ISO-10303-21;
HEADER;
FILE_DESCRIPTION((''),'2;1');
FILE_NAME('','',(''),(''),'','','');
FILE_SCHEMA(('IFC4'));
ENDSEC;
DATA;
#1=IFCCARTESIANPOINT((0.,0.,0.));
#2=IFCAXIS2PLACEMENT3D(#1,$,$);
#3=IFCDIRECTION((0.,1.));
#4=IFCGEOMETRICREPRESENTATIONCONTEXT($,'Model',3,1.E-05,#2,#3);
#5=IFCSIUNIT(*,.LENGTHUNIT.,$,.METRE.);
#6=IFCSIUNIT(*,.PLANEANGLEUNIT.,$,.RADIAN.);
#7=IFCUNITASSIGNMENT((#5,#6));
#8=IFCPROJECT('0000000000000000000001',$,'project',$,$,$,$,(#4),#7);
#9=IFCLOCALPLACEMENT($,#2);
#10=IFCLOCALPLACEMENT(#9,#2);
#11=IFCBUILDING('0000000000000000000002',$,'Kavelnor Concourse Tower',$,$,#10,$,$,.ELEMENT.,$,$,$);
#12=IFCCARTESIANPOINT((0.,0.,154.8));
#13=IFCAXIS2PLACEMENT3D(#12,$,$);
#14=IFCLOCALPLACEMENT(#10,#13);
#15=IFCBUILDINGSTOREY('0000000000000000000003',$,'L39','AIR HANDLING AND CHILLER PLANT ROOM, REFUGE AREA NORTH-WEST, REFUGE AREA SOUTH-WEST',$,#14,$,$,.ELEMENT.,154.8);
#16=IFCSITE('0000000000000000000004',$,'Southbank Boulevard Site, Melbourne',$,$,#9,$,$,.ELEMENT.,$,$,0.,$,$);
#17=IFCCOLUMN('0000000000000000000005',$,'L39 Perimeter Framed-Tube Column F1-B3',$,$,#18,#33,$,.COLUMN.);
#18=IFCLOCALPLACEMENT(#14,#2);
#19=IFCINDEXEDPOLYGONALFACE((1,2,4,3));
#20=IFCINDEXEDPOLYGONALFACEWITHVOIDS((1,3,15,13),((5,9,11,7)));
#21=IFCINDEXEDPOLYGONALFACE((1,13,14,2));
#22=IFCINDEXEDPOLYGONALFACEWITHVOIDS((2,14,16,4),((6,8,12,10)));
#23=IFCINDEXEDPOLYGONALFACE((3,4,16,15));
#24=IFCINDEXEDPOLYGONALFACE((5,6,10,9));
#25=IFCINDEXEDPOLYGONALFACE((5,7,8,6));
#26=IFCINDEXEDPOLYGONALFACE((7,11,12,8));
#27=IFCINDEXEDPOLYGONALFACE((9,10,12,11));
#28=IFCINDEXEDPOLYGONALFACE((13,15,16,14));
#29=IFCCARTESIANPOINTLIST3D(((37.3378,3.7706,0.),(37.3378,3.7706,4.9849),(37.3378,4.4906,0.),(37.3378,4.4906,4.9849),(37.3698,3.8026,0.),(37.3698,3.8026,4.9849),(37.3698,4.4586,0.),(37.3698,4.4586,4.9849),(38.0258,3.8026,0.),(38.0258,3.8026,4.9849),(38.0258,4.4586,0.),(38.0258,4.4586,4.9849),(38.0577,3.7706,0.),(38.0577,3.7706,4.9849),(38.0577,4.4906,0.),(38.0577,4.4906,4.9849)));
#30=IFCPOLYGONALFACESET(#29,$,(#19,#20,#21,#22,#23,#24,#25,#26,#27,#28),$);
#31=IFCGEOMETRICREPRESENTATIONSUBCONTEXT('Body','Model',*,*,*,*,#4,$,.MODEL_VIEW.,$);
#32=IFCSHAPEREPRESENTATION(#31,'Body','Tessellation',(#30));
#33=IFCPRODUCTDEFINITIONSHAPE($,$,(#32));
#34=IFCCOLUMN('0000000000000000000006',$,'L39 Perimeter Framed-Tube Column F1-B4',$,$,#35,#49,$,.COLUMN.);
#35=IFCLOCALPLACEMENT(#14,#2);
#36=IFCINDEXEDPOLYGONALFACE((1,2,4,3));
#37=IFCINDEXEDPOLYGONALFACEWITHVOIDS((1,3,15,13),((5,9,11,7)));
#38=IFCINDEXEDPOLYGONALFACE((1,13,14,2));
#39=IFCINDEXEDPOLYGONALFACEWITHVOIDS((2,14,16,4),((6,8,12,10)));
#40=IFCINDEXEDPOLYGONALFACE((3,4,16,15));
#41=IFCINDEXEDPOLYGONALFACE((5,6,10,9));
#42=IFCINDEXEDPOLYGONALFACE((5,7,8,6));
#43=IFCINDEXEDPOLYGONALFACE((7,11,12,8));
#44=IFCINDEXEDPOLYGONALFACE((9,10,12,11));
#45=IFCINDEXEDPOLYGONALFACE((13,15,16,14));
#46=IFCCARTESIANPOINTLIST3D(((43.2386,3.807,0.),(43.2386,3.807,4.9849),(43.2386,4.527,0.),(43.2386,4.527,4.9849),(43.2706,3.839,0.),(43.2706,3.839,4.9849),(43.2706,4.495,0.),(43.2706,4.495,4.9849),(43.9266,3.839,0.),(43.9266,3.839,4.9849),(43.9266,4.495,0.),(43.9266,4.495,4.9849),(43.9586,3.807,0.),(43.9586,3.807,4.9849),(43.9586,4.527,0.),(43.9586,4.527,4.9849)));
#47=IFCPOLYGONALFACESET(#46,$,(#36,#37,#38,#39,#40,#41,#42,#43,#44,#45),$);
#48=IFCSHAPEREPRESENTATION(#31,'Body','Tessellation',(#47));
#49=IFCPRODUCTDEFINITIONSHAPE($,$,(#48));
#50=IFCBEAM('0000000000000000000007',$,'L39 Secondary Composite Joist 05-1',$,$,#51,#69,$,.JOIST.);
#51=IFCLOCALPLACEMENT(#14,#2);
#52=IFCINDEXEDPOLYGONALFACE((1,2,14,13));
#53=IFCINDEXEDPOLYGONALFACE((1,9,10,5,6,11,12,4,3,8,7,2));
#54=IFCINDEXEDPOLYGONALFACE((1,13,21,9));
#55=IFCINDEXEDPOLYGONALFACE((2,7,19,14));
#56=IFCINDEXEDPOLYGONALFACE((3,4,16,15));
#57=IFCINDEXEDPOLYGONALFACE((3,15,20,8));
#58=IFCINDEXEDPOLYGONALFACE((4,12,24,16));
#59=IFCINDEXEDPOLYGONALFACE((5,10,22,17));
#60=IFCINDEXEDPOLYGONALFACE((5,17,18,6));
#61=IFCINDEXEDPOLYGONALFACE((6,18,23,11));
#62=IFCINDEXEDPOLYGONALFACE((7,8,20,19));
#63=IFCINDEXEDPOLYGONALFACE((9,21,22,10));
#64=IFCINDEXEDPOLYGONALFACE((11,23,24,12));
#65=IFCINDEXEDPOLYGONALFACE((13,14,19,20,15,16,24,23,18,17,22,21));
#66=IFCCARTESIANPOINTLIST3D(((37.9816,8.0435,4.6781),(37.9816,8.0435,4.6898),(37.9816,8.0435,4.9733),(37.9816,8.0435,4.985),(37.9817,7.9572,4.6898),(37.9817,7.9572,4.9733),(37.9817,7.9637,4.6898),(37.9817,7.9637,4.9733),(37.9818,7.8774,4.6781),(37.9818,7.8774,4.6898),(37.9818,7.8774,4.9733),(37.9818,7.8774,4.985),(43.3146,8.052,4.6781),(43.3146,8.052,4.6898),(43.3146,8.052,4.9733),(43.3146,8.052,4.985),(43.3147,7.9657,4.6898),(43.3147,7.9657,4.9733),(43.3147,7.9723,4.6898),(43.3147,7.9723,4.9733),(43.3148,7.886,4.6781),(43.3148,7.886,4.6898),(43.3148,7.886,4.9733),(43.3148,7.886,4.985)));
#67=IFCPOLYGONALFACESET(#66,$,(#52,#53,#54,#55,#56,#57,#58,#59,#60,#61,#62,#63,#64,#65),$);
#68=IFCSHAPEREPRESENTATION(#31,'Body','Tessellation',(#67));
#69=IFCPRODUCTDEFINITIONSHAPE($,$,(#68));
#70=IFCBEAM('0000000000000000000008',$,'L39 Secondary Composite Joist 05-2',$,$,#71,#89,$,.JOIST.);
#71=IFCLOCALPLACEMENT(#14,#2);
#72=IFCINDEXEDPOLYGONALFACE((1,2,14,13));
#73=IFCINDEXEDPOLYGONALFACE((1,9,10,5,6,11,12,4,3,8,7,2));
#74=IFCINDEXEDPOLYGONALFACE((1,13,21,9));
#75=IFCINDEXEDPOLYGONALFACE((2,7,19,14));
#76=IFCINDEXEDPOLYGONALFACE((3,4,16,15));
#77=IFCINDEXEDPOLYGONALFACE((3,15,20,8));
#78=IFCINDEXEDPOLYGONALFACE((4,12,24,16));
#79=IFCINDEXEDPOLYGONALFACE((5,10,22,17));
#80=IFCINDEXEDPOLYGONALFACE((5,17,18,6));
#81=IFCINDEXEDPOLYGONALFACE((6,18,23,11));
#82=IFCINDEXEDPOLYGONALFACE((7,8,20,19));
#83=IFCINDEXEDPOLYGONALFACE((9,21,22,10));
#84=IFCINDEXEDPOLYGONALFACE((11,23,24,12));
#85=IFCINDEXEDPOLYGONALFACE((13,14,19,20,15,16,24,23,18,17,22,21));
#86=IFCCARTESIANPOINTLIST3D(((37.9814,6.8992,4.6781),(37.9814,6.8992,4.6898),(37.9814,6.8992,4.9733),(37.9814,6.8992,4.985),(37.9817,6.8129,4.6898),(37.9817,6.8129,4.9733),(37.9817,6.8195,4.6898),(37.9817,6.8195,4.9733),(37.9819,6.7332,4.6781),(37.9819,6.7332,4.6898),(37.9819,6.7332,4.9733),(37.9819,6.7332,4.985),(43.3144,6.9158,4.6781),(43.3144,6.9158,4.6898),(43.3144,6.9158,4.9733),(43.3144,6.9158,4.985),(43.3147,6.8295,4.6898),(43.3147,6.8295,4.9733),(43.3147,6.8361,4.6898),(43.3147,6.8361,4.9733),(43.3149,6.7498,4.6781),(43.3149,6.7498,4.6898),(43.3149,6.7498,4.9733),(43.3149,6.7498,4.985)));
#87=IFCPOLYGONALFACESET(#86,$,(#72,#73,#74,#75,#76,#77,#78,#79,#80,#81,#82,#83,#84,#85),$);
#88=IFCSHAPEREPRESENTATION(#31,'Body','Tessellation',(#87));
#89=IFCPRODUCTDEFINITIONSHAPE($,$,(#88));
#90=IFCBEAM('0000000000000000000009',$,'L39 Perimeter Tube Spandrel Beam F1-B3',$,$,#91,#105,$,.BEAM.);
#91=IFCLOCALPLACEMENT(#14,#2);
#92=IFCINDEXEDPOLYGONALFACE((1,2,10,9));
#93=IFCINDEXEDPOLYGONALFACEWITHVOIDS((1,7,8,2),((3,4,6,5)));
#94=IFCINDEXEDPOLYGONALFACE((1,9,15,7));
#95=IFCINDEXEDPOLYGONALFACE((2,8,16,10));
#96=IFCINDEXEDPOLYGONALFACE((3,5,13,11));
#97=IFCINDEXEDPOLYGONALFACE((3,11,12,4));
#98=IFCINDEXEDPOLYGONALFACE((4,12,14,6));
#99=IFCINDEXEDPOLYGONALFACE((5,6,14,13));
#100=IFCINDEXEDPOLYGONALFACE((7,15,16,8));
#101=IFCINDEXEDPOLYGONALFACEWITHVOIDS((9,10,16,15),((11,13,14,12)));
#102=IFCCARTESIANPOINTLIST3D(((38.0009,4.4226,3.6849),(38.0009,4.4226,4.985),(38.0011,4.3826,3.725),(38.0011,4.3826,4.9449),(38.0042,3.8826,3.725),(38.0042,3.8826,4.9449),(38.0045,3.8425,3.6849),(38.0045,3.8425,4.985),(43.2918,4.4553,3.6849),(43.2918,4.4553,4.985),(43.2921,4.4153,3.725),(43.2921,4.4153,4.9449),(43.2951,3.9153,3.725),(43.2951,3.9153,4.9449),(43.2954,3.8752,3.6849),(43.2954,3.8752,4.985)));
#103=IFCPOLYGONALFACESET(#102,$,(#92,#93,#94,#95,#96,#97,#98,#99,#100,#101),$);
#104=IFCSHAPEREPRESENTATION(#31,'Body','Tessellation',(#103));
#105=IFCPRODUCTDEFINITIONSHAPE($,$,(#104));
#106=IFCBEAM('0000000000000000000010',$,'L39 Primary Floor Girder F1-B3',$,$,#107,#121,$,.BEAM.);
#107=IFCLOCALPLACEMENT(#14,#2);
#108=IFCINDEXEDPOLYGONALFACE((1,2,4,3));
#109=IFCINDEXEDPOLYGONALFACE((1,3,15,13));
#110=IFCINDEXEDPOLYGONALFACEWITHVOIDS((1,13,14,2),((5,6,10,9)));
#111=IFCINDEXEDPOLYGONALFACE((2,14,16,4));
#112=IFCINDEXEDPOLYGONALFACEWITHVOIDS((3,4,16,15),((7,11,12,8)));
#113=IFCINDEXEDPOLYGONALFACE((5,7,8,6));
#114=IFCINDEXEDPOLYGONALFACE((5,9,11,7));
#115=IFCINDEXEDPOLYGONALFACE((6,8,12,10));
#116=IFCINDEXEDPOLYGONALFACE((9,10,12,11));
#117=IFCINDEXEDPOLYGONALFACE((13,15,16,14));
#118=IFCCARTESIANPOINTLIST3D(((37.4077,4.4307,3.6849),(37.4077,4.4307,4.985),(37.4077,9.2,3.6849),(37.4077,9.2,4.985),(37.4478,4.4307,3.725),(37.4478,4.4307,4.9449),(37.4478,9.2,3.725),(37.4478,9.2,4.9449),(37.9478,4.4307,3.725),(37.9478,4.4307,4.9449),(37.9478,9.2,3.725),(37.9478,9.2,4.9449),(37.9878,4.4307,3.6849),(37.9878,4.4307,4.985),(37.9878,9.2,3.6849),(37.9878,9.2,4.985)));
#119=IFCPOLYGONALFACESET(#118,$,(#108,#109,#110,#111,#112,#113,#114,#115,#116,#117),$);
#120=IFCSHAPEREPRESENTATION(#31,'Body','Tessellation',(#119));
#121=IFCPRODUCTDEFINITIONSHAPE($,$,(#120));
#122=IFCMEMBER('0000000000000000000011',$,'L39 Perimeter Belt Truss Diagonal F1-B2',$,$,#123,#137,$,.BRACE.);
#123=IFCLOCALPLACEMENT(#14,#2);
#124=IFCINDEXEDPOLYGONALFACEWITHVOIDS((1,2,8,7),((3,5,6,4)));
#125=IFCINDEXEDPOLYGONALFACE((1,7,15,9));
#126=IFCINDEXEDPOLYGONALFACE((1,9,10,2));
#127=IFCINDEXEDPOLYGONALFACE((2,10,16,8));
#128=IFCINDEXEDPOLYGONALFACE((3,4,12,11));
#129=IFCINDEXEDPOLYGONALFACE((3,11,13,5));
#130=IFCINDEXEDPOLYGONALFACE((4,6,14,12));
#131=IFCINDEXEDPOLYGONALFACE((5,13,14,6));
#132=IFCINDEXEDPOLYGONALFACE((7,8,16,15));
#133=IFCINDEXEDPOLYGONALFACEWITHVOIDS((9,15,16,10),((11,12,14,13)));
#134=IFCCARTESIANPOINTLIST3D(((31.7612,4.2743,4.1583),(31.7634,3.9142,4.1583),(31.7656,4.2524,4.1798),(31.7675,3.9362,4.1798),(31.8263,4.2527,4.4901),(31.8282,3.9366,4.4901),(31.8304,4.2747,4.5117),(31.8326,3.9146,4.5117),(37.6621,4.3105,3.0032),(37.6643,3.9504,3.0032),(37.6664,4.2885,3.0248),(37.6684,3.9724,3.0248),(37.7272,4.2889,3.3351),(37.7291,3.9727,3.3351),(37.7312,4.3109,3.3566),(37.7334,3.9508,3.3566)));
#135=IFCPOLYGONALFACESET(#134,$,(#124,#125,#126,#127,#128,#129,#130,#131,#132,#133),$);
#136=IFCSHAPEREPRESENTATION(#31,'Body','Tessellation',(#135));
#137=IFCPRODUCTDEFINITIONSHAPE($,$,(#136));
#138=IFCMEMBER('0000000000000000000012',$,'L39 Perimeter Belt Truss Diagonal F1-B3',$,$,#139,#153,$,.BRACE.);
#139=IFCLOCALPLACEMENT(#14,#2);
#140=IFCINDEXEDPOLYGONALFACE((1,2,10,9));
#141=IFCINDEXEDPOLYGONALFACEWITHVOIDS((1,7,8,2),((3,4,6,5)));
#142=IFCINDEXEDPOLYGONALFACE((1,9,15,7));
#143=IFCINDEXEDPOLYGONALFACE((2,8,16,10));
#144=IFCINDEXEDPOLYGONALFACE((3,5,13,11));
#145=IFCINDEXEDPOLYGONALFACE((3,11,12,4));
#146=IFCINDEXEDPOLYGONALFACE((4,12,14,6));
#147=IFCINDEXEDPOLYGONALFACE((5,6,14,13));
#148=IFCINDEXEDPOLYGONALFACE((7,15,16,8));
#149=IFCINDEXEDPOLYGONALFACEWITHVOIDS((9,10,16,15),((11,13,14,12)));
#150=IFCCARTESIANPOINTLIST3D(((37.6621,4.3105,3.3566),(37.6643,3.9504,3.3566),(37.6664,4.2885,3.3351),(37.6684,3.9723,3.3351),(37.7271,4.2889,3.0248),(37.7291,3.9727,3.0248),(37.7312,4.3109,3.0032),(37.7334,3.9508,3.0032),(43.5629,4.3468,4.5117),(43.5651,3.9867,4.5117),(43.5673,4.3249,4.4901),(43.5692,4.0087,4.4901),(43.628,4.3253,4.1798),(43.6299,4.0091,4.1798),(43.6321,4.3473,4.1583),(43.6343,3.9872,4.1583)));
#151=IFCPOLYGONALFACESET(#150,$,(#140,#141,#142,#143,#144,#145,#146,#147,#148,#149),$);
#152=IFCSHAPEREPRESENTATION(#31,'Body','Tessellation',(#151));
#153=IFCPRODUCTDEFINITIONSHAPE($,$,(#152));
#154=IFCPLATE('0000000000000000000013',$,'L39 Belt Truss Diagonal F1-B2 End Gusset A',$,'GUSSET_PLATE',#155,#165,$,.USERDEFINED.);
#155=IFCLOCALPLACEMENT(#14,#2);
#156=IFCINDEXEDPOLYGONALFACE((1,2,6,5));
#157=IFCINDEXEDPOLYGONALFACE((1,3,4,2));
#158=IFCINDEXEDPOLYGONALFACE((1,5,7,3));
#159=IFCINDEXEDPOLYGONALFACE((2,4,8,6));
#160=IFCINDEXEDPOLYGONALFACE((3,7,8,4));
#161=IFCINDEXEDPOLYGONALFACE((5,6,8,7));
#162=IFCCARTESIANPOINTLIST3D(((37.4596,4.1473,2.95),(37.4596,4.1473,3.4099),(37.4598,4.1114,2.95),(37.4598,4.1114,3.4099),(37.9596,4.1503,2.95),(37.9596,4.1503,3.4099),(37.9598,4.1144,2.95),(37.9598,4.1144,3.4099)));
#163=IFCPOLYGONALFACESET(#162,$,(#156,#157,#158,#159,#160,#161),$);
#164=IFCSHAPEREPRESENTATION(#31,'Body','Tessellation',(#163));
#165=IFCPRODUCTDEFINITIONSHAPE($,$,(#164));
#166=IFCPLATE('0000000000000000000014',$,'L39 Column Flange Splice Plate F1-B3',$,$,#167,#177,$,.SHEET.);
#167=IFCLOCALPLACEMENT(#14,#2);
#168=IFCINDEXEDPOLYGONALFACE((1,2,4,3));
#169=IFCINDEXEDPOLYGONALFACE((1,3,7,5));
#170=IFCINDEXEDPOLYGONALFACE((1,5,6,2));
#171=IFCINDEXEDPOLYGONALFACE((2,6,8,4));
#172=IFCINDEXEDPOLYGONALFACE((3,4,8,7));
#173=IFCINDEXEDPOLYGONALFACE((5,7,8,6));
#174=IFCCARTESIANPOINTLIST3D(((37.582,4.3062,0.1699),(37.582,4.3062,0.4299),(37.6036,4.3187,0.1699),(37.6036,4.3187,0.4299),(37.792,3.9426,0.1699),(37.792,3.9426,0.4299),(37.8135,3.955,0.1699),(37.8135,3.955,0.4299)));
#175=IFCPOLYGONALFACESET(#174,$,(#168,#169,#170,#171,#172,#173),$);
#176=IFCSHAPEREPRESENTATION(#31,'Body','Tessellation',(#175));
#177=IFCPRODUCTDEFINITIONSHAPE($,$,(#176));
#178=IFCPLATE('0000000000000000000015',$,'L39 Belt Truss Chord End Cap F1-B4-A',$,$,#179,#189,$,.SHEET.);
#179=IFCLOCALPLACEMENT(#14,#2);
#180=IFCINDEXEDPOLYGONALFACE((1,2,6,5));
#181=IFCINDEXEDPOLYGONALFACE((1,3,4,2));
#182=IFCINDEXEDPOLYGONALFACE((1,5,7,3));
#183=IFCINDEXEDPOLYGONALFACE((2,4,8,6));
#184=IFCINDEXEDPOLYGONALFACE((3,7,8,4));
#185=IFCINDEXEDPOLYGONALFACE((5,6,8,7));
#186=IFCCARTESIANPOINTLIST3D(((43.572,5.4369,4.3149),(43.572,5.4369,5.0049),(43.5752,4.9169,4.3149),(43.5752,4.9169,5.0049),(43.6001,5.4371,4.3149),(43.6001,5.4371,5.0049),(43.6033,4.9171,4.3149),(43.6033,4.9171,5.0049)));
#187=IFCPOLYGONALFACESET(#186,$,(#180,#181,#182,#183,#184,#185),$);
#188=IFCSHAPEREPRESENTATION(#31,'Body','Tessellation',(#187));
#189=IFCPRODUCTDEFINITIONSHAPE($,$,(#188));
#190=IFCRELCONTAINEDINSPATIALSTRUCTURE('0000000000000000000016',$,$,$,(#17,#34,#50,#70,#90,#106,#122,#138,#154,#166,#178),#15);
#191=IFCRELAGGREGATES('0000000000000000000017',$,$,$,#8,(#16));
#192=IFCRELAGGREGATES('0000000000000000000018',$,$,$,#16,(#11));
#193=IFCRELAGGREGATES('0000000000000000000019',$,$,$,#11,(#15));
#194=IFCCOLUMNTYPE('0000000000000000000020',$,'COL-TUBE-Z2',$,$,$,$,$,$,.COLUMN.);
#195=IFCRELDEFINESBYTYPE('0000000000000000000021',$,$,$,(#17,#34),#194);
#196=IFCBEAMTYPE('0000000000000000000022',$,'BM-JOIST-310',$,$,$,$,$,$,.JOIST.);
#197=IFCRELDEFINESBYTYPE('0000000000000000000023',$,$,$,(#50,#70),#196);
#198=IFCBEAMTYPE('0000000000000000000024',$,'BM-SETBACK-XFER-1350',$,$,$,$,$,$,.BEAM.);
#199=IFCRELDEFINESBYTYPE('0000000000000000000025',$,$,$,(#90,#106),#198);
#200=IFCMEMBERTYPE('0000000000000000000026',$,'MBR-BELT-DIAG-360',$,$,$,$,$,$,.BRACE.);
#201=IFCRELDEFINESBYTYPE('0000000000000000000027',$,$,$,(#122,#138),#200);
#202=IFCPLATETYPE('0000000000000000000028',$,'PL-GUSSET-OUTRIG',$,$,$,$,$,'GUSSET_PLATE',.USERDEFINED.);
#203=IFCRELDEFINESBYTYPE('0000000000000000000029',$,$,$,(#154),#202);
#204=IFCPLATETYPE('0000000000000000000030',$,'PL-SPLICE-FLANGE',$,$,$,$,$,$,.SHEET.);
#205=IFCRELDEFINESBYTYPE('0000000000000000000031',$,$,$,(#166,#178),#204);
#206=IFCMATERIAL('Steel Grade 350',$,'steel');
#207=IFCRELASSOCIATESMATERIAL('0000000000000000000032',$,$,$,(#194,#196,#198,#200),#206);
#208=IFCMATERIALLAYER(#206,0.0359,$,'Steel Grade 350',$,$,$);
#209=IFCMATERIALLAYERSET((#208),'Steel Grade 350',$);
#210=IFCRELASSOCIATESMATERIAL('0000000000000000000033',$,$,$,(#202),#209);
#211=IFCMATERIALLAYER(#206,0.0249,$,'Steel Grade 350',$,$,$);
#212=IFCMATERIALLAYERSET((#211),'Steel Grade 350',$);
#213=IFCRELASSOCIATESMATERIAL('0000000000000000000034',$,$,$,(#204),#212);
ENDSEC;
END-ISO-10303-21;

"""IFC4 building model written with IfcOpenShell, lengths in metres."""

from ifc_helpers import new_model, si_unit, direction, frame, origin, origin_2d, place, context, subcontext, project, spatial, rectangle, hollow_rectangle, i_section, extrude, material, layer, layer_set, material_profile, profile_set, type_object, element, save


model = new_model("IFC4")

# Units and contexts
model_context = context("Model", 3, precision=1e-05, world=origin(), true_north=direction((0.0, 1.0)))
body_context = subcontext(model_context, "Body", "Model", "MODEL_VIEW")
ifc_project = project(units=[si_unit("LENGTHUNIT", "METRE"), si_unit("PLANEANGLEUNIT", "RADIAN")], contexts=[model_context])

# Site, building, storey
site_placement = place(None, origin())
site = spatial("IfcSite", under=ifc_project, at=site_placement, Name="Southbank Boulevard Site, Melbourne", CompositionType="ELEMENT", RefElevation=0.0)
building_placement = place(site_placement, origin())
building = spatial("IfcBuilding", under=site, at=building_placement, Name="Kavelnor Concourse Tower", CompositionType="ELEMENT")
storey_placement = place(building_placement, frame((0.0, 0.0, 154.8)))
storey = spatial("IfcBuildingStorey", under=building, at=storey_placement, Name="L39", Description="AIR HANDLING AND CHILLER PLANT ROOM, REFUGE AREA NORTH-WEST, REFUGE AREA SOUTH-WEST", CompositionType="ELEMENT", Elevation=154.8)

# Columns
ifc_material_1 = material(Name="Steel Grade 350", Category="steel")
ifc_material_profile_1 = material_profile(ifc_material_1, hollow_rectangle(XDim=0.72, YDim=0.72, WallThickness=0.032, at=origin_2d()), Name="SHS 720x720x32")
ifc_profile_set_1 = profile_set([ifc_material_profile_1], Name="Steel Grade 350")
column_type = type_object("IfcColumnType", Name="COL-TUBE-Z2", PredefinedType="COLUMN", material=ifc_profile_set_1)
for number, where, z_axis, x_axis, name in (
    (1, (37.6978, 4.1306, 0.0), (0.0, 0.0, 1.0), (1.0, 0.0, 0.0), "L39 Perimeter Framed-Tube Column F1-B3"),
    (2, (43.5986, 4.167, 0.0), (0.0, 0.0, 1.0), (1.0, 0.0, 0.0), "L39 Perimeter Framed-Tube Column F1-B4"),
):
    element("IfcColumn", number, at=place(storey_placement, frame(where, z_axis=z_axis, x_axis=x_axis)), inside=storey, type_object=column_type, Name=name, PredefinedType="COLUMN", context=body_context, shape_type="SweptSolid", body=[
        extrude(hollow_rectangle(XDim=0.72, YDim=0.72, WallThickness=0.032, at=origin_2d()), origin(), (0.0, 0.0, 1.0), 4.9849),
    ])

# Beams
ifc_material_profile_2 = material_profile(ifc_material_1, i_section(OverallWidth=0.166, OverallDepth=0.3069, WebThickness=0.0066, FlangeThickness=0.0117, at=origin_2d()), Name="310UB46")
ifc_profile_set_2 = profile_set([ifc_material_profile_2], Name="Steel Grade 350")
beam_type_1 = type_object("IfcBeamType", Name="BM-JOIST-310", PredefinedType="JOIST", material=ifc_profile_set_2)
for number, where, z_axis, x_axis, name in (
    (3, (37.9817, 7.9604, 4.8315), (0.999999, 0.001602, 0.0), (-0.001602, 0.999999, 0.0), "L39 Secondary Composite Joist 05-1"),
    (4, (37.9817, 6.8162, 4.8315), (0.999995, 0.003113, 0.0), (-0.003113, 0.999995, 0.0), "L39 Secondary Composite Joist 05-2"),
):
    element("IfcBeam", number, at=place(storey_placement, frame(where, z_axis=z_axis, x_axis=x_axis)), inside=storey, type_object=beam_type_1, Name=name, PredefinedType="JOIST", context=body_context, shape_type="SweptSolid", body=[
        extrude(i_section(OverallWidth=0.166, OverallDepth=0.3069, WebThickness=0.0066, FlangeThickness=0.0117, at=origin_2d()), origin(), (0.0, 0.0, 1.0), 5.333),
    ])
ifc_material_profile_3 = material_profile(ifc_material_1, hollow_rectangle(XDim=0.5801, YDim=1.3, WallThickness=0.04, at=origin_2d()), Name="RHS 1300x580x40")
ifc_profile_set_3 = profile_set([ifc_material_profile_3], Name="Steel Grade 350")
beam_type_2 = type_object("IfcBeamType", Name="BM-SETBACK-XFER-1350", PredefinedType="BEAM", material=ifc_profile_set_3)
beam_1_placement = place(storey_placement, frame((38.0027, 4.1326, 4.335), z_axis=(0.999981, 0.006183, 0.0), x_axis=(-0.006183, 0.999981, 0.0)))
element("IfcBeam", 5, at=beam_1_placement, inside=storey, type_object=beam_type_2, Name="L39 Perimeter Tube Spandrel Beam F1-B3", PredefinedType="BEAM", context=body_context, shape_type="SweptSolid", body=[
    extrude(hollow_rectangle(XDim=0.5801, YDim=1.3, WallThickness=0.04, at=origin_2d()), origin(), (0.0, 0.0, 1.0), 5.291),
])
beam_2_placement = place(storey_placement, frame((37.6978, 9.2, 4.335), z_axis=(0.0, -1.0, 0.0), x_axis=(1.0, 0.0, 0.0)))
element("IfcBeam", 6, at=beam_2_placement, inside=storey, type_object=beam_type_2, Name="L39 Primary Floor Girder F1-B3", PredefinedType="BEAM", context=body_context, shape_type="SweptSolid", body=[
    extrude(hollow_rectangle(XDim=0.5801, YDim=1.3, WallThickness=0.04, at=origin_2d()), origin(), (0.0, 0.0, 1.0), 4.7693),
])

# Members
ifc_material_profile_4 = material_profile(ifc_material_1, hollow_rectangle(XDim=0.3601, YDim=0.3601, WallThickness=0.022, at=origin_2d()), Name="SHS 360x360x22")
ifc_profile_set_4 = profile_set([ifc_material_profile_4], Name="Steel Grade 350")
member_type = type_object("IfcMemberType", Name="MBR-BELT-DIAG-360", PredefinedType="BRACE", material=ifc_profile_set_4)
for number, where, z_axis, x_axis, name in (
    (7, (37.6978, 4.1306, 3.1799), (-0.981359, -0.006009, 0.19209), (0.006123, -0.999981, 0.0), "L39 Perimeter Belt Truss Diagonal F1-B2"),
    (8, (37.6978, 4.1306, 3.1799), (0.981359, 0.00605, 0.19209), (-0.006165, 0.999981, 0.0), "L39 Perimeter Belt Truss Diagonal F1-B3"),
):
    element("IfcMember", number, at=place(storey_placement, frame(where, z_axis=z_axis, x_axis=x_axis)), inside=storey, type_object=member_type, Name=name, PredefinedType="BRACE", context=body_context, shape_type="SweptSolid", body=[
        extrude(hollow_rectangle(XDim=0.3601, YDim=0.3601, WallThickness=0.022, at=origin_2d()), origin(), (0.0, 0.0, 1.0), 6.0129),
    ])

# Plates
ifc_layer_1 = layer(ifc_material_1, 0.0359, Name="Steel Grade 350")
ifc_layer_set_1 = layer_set([ifc_layer_1], Name="Steel Grade 350")
plate_type_1 = type_object("IfcPlateType", Name="PL-GUSSET-OUTRIG", ElementType="GUSSET_PLATE", PredefinedType="USERDEFINED", material=ifc_layer_set_1)
plate_1_placement = place(storey_placement, frame((37.7097, 4.1309, 2.95), z_axis=(0.0, 0.0, 1.0), x_axis=(-0.999981, -0.006109, 0.0)))
element("IfcPlate", 9, at=plate_1_placement, inside=storey, type_object=plate_type_1, Name="L39 Belt Truss Diagonal F1-B2 End Gusset A", ObjectType="GUSSET_PLATE", PredefinedType="USERDEFINED", context=body_context, shape_type="SweptSolid", body=[
    extrude(rectangle(XDim=0.5, YDim=0.0359, at=origin_2d()), origin(), (0.0, 0.0, 1.0), 0.46),
])
ifc_layer_2 = layer(ifc_material_1, 0.0249, Name="Steel Grade 350")
ifc_layer_set_2 = layer_set([ifc_layer_2], Name="Steel Grade 350")
plate_type_2 = type_object("IfcPlateType", Name="PL-SPLICE-FLANGE", PredefinedType="SHEET", material=ifc_layer_set_2)
plate_2_placement = place(storey_placement, frame((37.6978, 4.1306, 0.1699), z_axis=(0.0, 0.0, 1.0), x_axis=(-0.5, 0.866025, 0.0)))
element("IfcPlate", 10, at=plate_2_placement, inside=storey, type_object=plate_type_2, Name="L39 Column Flange Splice Plate F1-B3", PredefinedType="SHEET", context=body_context, shape_type="SweptSolid", body=[
    extrude(rectangle(XDim=0.4199, YDim=0.0249, at=origin_2d()), origin(), (0.0, 0.0, 1.0), 0.26),
])
plate_3_placement = place(storey_placement, frame((43.5876, 5.177, 4.3149), z_axis=(0.0, 0.0, 1.0), x_axis=(0.006109, -0.999981, 0.0)))
element("IfcPlate", 11, at=plate_3_placement, inside=storey, type_object=plate_type_2, Name="L39 Belt Truss Chord End Cap F1-B4-A", PredefinedType="SHEET", context=body_context, shape_type="SweptSolid", body=[
    extrude(rectangle(XDim=0.52, YDim=0.0281, at=origin_2d()), origin(), (0.0, 0.0, 1.0), 0.6899),
])

save(model, "model.ifc")
